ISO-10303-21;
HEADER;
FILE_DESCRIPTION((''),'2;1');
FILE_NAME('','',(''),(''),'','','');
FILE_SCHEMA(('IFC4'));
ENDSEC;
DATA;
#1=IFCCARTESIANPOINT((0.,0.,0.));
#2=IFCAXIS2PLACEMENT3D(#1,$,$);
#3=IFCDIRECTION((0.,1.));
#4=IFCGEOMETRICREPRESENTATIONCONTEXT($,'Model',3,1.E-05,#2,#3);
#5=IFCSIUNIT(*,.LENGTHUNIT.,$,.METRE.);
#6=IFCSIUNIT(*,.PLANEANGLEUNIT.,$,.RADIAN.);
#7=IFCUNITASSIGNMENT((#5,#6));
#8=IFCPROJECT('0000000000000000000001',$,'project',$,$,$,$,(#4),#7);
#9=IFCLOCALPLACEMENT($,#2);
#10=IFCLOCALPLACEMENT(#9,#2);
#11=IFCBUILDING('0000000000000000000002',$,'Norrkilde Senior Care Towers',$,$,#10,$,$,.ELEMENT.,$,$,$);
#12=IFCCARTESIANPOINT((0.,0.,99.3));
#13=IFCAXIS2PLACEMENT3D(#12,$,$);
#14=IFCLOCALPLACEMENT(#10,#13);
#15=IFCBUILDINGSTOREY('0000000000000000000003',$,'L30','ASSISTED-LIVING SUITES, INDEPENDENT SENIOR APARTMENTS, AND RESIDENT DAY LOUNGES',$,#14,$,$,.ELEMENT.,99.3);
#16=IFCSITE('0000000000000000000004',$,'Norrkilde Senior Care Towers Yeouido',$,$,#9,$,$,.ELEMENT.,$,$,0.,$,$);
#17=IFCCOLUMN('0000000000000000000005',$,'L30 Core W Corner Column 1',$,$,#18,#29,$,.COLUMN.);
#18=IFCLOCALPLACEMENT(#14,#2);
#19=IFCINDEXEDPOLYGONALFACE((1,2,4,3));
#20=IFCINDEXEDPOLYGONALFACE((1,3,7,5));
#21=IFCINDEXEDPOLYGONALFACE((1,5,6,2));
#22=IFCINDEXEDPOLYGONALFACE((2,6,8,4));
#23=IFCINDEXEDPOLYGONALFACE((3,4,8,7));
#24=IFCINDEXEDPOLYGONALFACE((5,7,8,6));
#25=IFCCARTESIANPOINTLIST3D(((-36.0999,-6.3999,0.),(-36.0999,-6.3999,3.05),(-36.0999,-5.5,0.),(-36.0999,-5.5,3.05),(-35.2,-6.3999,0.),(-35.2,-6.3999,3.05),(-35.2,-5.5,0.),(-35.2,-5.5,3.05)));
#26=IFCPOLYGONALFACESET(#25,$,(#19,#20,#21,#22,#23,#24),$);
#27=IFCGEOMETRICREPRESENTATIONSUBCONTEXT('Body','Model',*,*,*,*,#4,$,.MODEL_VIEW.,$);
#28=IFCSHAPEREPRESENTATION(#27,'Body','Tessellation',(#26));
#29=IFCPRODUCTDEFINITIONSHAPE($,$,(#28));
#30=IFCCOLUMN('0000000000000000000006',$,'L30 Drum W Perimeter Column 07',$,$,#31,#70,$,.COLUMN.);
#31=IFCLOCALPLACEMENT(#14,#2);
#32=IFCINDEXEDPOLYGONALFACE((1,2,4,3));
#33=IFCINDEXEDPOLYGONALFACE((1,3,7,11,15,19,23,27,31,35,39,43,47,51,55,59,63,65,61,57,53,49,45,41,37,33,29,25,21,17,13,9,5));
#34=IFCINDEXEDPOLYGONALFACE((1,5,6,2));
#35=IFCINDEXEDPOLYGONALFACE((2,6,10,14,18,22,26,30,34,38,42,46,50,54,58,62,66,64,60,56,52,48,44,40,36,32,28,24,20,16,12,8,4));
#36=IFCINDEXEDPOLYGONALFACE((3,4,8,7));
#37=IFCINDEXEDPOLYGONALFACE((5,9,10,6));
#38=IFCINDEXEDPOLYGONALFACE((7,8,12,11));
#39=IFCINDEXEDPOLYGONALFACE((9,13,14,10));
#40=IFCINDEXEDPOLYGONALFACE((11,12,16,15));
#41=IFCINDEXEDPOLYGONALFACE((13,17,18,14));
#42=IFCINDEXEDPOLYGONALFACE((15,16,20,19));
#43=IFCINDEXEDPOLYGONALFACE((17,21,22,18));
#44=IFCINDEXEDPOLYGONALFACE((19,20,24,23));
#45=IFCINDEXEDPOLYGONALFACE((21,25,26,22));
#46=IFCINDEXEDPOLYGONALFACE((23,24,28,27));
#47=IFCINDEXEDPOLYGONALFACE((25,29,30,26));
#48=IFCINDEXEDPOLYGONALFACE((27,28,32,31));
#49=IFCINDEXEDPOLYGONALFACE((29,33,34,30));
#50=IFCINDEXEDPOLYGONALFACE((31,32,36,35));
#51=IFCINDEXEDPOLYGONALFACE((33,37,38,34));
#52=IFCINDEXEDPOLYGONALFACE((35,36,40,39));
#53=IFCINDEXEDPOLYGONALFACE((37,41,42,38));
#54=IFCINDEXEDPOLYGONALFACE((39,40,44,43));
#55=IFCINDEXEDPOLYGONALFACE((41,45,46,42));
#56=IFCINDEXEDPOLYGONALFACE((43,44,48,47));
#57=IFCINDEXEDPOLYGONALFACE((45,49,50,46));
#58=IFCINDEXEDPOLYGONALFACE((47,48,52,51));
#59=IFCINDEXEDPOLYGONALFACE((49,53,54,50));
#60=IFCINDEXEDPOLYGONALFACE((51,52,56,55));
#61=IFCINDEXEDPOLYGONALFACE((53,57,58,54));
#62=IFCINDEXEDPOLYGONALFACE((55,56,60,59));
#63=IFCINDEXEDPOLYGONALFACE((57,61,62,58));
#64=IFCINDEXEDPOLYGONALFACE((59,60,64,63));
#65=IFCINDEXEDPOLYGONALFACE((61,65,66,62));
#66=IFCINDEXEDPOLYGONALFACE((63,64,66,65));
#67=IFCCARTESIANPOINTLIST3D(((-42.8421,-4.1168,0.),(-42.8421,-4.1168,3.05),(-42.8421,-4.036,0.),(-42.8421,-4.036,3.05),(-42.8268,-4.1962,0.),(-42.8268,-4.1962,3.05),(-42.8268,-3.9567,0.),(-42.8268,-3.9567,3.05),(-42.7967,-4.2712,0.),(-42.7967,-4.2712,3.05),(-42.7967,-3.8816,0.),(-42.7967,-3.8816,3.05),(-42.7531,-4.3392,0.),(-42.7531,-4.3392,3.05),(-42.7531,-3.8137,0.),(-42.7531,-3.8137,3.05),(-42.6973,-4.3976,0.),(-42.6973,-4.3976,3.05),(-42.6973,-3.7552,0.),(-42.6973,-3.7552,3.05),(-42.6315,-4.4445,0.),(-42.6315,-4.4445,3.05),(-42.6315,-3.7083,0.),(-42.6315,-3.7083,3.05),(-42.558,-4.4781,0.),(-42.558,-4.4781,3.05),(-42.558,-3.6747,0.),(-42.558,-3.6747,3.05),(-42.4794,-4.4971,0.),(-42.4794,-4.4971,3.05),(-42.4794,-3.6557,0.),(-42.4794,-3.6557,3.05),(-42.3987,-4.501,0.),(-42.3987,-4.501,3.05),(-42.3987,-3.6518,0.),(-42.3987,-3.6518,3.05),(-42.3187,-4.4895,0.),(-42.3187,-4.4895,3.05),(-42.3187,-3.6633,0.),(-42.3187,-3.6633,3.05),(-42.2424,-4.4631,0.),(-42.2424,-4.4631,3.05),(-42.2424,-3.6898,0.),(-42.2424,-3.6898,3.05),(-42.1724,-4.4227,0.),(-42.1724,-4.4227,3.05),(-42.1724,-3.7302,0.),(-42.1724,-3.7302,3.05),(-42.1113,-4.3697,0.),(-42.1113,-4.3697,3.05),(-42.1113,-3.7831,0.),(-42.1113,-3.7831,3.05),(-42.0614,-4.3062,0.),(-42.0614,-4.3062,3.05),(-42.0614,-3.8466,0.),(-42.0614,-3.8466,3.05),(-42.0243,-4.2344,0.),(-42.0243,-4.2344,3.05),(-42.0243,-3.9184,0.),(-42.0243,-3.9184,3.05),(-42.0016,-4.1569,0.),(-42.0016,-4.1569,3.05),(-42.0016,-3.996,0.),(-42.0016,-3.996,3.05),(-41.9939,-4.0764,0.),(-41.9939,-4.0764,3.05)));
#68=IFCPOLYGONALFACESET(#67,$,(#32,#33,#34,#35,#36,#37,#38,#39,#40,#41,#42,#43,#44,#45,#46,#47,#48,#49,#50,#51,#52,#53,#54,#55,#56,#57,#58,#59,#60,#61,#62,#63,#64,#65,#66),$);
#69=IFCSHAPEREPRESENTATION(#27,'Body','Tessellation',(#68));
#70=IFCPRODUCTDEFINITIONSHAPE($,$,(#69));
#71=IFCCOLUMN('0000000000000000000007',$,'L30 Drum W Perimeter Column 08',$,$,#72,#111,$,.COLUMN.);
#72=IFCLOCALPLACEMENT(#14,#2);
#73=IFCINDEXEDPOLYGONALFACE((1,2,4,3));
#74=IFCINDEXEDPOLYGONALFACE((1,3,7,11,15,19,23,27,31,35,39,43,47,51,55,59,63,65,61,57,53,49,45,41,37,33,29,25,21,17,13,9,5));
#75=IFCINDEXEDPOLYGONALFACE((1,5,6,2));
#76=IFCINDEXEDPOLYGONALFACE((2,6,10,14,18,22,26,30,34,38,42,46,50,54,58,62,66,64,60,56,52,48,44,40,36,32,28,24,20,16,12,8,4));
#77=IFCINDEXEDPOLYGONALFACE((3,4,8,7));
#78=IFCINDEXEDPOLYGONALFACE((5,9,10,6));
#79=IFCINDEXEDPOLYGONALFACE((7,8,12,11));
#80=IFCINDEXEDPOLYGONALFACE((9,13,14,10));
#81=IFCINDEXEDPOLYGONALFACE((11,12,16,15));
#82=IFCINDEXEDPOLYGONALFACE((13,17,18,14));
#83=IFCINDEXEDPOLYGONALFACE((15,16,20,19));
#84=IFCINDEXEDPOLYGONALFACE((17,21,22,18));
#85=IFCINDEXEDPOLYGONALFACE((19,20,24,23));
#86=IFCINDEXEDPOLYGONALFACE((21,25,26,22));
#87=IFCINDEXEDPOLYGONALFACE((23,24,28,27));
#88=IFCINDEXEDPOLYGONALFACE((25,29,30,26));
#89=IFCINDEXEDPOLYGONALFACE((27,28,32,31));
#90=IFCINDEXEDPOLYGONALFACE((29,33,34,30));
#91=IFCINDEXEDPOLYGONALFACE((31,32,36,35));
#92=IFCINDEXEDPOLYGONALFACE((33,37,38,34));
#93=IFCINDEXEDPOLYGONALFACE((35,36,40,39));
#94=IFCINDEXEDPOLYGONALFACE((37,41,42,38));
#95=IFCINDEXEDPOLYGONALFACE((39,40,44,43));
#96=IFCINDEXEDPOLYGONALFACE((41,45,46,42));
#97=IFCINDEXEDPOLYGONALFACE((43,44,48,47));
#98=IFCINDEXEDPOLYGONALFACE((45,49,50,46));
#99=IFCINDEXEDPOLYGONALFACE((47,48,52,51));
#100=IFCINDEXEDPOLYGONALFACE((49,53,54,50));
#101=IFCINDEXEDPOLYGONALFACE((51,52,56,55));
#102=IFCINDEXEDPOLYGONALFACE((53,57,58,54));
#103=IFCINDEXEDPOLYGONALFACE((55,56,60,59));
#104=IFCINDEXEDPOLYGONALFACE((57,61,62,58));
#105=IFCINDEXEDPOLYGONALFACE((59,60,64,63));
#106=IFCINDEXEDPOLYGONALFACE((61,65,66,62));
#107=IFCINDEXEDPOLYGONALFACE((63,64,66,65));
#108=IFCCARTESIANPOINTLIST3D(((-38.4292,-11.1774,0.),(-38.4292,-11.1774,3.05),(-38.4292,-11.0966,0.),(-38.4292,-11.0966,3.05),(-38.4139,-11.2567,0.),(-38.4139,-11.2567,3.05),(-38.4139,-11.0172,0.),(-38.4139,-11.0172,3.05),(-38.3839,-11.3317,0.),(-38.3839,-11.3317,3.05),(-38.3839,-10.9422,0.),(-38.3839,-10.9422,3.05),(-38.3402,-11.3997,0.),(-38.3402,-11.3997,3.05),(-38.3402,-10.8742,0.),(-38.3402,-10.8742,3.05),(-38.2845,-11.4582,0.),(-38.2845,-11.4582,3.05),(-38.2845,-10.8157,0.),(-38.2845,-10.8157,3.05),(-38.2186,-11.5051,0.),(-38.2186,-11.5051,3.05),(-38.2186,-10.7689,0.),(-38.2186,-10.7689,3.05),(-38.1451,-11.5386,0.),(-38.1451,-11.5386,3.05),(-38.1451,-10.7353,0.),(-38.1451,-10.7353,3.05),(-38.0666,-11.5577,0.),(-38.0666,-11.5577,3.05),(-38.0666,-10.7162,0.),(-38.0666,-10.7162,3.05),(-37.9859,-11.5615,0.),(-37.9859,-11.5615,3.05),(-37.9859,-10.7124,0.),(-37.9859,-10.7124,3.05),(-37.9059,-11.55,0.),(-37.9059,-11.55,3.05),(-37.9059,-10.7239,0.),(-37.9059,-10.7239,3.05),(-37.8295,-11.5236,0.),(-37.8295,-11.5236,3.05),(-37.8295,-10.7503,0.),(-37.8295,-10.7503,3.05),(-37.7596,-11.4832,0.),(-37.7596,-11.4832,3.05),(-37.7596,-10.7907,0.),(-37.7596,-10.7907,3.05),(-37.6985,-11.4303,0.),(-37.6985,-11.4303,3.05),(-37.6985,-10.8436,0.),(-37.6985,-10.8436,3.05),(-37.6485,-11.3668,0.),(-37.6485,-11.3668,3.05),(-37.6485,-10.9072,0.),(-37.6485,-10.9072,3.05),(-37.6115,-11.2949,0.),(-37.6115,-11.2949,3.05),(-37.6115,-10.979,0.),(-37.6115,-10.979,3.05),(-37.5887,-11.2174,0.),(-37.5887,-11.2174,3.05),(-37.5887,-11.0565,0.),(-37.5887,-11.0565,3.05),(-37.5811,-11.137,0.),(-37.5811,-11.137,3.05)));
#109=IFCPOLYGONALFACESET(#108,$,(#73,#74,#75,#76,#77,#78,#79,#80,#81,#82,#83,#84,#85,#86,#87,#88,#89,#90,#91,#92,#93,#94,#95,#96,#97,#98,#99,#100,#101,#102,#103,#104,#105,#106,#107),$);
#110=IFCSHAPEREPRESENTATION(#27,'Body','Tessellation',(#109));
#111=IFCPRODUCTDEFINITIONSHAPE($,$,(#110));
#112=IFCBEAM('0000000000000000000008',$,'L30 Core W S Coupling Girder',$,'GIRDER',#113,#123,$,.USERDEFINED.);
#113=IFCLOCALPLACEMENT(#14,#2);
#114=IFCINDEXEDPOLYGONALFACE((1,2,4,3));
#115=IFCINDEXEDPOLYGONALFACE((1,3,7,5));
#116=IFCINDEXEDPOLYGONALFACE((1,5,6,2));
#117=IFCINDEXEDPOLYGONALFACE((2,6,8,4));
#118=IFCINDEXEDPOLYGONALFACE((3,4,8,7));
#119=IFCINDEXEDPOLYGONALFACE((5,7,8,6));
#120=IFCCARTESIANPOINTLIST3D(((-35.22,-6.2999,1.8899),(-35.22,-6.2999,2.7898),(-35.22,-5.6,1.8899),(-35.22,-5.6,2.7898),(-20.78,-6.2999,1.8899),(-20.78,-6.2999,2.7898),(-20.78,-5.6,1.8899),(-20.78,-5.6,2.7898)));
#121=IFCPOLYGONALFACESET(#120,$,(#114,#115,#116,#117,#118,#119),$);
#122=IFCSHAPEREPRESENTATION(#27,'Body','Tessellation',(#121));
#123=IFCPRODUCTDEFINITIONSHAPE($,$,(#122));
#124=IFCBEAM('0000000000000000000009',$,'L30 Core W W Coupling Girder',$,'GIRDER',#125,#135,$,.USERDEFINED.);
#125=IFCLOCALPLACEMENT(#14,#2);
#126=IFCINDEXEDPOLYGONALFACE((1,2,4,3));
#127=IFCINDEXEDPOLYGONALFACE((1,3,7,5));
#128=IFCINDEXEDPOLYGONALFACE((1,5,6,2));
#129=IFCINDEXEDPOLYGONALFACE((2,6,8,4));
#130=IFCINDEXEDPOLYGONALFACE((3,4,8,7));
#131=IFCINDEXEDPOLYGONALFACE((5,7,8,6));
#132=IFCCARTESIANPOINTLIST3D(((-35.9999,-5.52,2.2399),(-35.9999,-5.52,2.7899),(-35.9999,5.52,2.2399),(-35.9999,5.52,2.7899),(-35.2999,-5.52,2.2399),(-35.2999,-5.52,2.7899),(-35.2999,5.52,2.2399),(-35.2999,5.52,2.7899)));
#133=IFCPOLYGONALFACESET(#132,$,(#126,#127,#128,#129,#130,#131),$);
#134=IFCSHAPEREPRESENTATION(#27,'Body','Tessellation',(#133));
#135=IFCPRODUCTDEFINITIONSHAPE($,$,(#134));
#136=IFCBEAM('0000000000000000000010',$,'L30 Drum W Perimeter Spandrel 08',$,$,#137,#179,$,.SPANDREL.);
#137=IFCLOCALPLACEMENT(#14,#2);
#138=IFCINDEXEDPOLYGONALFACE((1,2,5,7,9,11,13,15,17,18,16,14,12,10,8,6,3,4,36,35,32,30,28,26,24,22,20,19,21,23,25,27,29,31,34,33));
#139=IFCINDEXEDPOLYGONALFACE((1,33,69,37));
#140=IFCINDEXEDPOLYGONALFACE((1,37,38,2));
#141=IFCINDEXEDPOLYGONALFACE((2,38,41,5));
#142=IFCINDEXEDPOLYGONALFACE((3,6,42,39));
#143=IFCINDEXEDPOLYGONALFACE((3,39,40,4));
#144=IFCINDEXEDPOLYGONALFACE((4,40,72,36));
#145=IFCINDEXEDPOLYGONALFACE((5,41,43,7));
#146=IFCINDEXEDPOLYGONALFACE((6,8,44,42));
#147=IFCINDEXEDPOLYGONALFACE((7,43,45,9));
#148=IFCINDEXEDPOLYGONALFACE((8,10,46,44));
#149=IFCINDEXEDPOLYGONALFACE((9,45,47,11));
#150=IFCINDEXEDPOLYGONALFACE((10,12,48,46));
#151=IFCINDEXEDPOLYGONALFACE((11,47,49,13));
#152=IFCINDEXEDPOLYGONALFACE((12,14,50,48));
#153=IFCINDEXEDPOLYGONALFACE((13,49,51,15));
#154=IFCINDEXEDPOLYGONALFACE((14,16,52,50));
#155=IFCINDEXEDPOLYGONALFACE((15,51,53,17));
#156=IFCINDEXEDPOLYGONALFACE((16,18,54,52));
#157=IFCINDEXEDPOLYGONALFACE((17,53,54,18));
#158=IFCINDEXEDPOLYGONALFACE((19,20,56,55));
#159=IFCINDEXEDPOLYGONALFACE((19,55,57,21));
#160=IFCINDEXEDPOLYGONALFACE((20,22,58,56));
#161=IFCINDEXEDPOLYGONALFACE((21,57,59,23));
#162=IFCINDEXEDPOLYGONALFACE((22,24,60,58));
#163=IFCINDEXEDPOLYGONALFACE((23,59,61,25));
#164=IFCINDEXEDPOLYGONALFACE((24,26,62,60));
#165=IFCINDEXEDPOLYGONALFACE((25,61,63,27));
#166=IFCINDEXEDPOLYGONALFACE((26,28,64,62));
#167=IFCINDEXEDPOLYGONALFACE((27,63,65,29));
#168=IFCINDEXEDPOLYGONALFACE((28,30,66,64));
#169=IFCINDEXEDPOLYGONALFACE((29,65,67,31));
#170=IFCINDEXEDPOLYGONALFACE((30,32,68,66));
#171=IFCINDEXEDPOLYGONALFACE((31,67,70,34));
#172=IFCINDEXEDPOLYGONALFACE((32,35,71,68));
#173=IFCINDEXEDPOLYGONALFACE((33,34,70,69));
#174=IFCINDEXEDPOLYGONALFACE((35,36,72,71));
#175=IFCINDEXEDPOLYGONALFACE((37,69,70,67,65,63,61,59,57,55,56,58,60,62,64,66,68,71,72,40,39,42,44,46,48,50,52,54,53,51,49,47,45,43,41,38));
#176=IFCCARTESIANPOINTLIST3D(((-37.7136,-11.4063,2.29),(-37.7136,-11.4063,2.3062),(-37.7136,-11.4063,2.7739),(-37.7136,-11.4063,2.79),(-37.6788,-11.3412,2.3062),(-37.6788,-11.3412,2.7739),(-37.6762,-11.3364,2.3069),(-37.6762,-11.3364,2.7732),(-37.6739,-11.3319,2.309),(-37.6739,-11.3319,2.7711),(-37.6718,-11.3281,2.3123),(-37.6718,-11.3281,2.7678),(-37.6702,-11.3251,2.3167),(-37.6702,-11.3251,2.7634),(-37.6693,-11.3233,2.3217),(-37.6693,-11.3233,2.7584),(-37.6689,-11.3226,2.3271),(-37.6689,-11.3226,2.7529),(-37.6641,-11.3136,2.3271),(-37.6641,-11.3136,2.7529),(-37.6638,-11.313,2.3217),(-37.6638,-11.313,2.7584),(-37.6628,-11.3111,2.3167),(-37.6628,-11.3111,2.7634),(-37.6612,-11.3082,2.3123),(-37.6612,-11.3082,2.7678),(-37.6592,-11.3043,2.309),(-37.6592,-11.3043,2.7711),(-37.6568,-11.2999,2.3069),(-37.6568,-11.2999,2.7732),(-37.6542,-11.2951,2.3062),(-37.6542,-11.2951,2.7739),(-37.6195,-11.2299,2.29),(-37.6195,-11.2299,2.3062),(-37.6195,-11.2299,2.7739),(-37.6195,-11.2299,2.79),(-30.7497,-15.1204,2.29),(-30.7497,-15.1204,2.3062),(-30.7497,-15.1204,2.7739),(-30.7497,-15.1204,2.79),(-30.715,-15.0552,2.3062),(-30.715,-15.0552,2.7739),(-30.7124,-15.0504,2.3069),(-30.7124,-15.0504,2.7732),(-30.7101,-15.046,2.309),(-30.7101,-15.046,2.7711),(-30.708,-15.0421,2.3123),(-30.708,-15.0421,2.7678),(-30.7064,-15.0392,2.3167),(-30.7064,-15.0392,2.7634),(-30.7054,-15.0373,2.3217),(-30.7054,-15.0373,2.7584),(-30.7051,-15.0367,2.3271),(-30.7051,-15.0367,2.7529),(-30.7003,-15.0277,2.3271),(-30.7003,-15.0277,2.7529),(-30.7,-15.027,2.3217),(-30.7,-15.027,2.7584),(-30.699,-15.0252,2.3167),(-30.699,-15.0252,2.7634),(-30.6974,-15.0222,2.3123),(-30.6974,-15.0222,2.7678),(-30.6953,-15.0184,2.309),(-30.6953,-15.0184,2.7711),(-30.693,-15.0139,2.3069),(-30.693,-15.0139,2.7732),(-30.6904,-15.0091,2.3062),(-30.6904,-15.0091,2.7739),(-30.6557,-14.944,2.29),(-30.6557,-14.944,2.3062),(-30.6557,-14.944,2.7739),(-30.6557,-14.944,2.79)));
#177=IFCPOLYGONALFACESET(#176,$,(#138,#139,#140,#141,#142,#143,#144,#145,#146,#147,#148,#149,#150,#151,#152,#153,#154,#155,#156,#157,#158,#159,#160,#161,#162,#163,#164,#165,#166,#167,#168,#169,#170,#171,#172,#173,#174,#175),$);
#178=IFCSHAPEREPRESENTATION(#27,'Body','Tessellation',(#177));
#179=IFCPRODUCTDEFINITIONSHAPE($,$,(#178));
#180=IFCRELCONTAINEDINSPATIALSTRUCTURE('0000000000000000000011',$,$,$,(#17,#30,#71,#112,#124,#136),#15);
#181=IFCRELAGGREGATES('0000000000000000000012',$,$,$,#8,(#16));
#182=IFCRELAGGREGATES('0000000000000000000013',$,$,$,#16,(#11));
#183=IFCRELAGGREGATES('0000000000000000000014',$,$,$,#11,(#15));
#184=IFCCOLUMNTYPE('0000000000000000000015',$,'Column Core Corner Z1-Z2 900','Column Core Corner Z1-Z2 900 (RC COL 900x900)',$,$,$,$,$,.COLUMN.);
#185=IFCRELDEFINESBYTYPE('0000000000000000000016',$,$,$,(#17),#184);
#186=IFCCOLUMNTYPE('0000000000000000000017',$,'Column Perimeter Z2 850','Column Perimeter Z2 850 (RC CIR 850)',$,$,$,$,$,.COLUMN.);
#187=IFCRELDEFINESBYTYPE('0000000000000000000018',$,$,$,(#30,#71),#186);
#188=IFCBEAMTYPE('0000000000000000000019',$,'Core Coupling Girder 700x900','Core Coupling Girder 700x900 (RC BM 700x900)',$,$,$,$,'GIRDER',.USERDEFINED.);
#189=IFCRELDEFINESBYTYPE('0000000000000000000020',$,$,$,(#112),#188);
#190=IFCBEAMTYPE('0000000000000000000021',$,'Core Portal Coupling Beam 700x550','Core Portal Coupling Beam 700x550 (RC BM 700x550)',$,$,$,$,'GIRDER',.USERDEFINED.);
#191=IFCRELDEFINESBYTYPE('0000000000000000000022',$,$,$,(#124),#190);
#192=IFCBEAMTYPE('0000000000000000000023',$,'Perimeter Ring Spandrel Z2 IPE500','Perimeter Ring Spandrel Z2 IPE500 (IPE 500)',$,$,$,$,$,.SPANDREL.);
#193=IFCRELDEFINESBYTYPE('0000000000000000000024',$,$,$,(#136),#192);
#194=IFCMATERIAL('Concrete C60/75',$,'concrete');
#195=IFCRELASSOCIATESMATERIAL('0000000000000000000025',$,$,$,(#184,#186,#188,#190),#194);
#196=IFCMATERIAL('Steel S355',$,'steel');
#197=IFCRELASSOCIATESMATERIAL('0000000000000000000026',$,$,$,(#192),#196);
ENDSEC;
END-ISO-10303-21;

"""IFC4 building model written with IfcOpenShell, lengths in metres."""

from ifc_helpers import new_model, si_unit, direction, frame, origin, origin_2d, place, context, subcontext, project, spatial, rectangle, circle, i_section, extrude, source, transform, mapped, material, material_profile, profile_set, type_object, type_shapes, element, save


model = new_model("IFC4")

# Units and contexts
model_context = context("Model", 3, precision=1e-05, world=origin(), true_north=direction((0.0, 1.0)))
body_context = subcontext(model_context, "Body", "Model", "MODEL_VIEW")
ifc_project = project(units=[si_unit("LENGTHUNIT", "METRE"), si_unit("PLANEANGLEUNIT", "RADIAN")], contexts=[model_context])

# Site, building, storey
site_placement = place(None, origin())
site = spatial("IfcSite", under=ifc_project, at=site_placement, Name="Norrkilde Senior Care Towers Yeouido", CompositionType="ELEMENT", RefElevation=0.0)
building_placement = place(site_placement, origin())
building = spatial("IfcBuilding", under=site, at=building_placement, Name="Norrkilde Senior Care Towers", CompositionType="ELEMENT")
storey_placement = place(building_placement, frame((0.0, 0.0, 99.3)))
storey = spatial("IfcBuildingStorey", under=building, at=storey_placement, Name="L30", Description="ASSISTED-LIVING SUITES, INDEPENDENT SENIOR APARTMENTS, AND RESIDENT DAY LOUNGES", CompositionType="ELEMENT", Elevation=99.3)

# Columns
ifc_material_1 = material(Name="Concrete C60/75", Category="concrete")
ifc_material_profile_1 = material_profile(ifc_material_1, rectangle(XDim=0.8999, YDim=0.8999, at=origin_2d()), Name="RC COL 900x900")
ifc_profile_set_1 = profile_set([ifc_material_profile_1], Name="Concrete C60/75")
column_type_1 = type_object("IfcColumnType", Name="Column Core Corner Z1-Z2 900", Description="Column Core Corner Z1-Z2 900 (RC COL 900x900)", PredefinedType="COLUMN", material=ifc_profile_set_1)
shared_shape_1 = source(origin(), body_context, "Body", "SweptSolid", [
    extrude(rectangle(XDim=0.8999, YDim=0.8999, at=origin_2d()), origin(), (0.0, 0.0, 1.0), 3.05),
])
type_shapes(column_type_1, [shared_shape_1])
column_placement = place(storey_placement, frame((-35.6499, -5.95, 0.0), z_axis=(0.0, 0.0, 1.0), x_axis=(1.0, 0.0, 0.0)))
element("IfcColumn", 1, at=column_placement, inside=storey, type_object=column_type_1, Name="L30 Core W Corner Column 1", PredefinedType="COLUMN", context=body_context, shape_type="MappedRepresentation", body=[
    mapped(shared_shape_1, transform((0.0, 0.0, 0.0), x_axis=(1.0, 0.0, 0.0), y_axis=(0.0, 1.0, 0.0), z_axis=(0.0, 0.0, 1.0), scale=1.0)),
])
ifc_material_profile_2 = material_profile(ifc_material_1, circle(Radius=0.425, at=origin_2d()), Name="RC CIR 850")
ifc_profile_set_2 = profile_set([ifc_material_profile_2], Name="Concrete C60/75")
column_type_2 = type_object("IfcColumnType", Name="Column Perimeter Z2 850", Description="Column Perimeter Z2 850 (RC CIR 850)", PredefinedType="COLUMN", material=ifc_profile_set_2)
shared_shape_2 = source(origin(), body_context, "Body", "SweptSolid", [
    extrude(circle(Radius=0.425, at=origin_2d()), origin(), (0.0, 0.0, 1.0), 3.05),
])
type_shapes(column_type_2, [shared_shape_2])
for number, where, z_axis, x_axis, name in (
    (2, (-42.4189, -4.0764, 0.0), (0.0, 0.0, 1.0), (1.0, 0.0, 0.0), "L30 Drum W Perimeter Column 07"),
    (3, (-38.0061, -11.137, 0.0), (0.0, 0.0, 1.0), (1.0, 0.0, 0.0), "L30 Drum W Perimeter Column 08"),
):
    element("IfcColumn", number, at=place(storey_placement, frame(where, z_axis=z_axis, x_axis=x_axis)), inside=storey, type_object=column_type_2, Name=name, PredefinedType="COLUMN", context=body_context, shape_type="MappedRepresentation", body=[
        mapped(shared_shape_2, transform((0.0, 0.0, 0.0), x_axis=(1.0, 0.0, 0.0), y_axis=(0.0, 1.0, 0.0), z_axis=(0.0, 0.0, 1.0), scale=1.0)),
    ])

# Beams
ifc_material_profile_3 = material_profile(ifc_material_1, rectangle(XDim=0.7, YDim=0.8999, at=origin_2d()), Name="RC BM 700x900")
ifc_profile_set_3 = profile_set([ifc_material_profile_3], Name="Concrete C60/75")
beam_type_1 = type_object("IfcBeamType", Name="Core Coupling Girder 700x900", Description="Core Coupling Girder 700x900 (RC BM 700x900)", ElementType="GIRDER", PredefinedType="USERDEFINED", material=ifc_profile_set_3)
shared_shape_3 = source(origin(), body_context, "Body", "SweptSolid", [
    extrude(rectangle(XDim=0.7, YDim=0.8999, at=origin_2d()), origin(), (0.0, 0.0, 1.0), 14.4399),
])
type_shapes(beam_type_1, [shared_shape_3])
beam_1_placement = place(storey_placement, frame((-35.22, -5.95, 2.3398), z_axis=(1.0, 0.0, 0.0), x_axis=(0.0, 1.0, 0.0)))
element("IfcBeam", 4, at=beam_1_placement, inside=storey, type_object=beam_type_1, Name="L30 Core W S Coupling Girder", ObjectType="GIRDER", PredefinedType="USERDEFINED", context=body_context, shape_type="MappedRepresentation", body=[
    mapped(shared_shape_3, transform((0.0, 0.0, 0.0), x_axis=(1.0, 0.0, 0.0), y_axis=(0.0, 1.0, 0.0), z_axis=(0.0, 0.0, 1.0), scale=1.0)),
])
ifc_material_profile_4 = material_profile(ifc_material_1, rectangle(XDim=0.7, YDim=0.55, at=origin_2d()), Name="RC BM 700x550")
ifc_profile_set_4 = profile_set([ifc_material_profile_4], Name="Concrete C60/75")
beam_type_2 = type_object("IfcBeamType", Name="Core Portal Coupling Beam 700x550", Description="Core Portal Coupling Beam 700x550 (RC BM 700x550)", ElementType="GIRDER", PredefinedType="USERDEFINED", material=ifc_profile_set_4)
shared_shape_4 = source(origin(), body_context, "Body", "SweptSolid", [
    extrude(rectangle(XDim=0.7, YDim=0.55, at=origin_2d()), origin(), (0.0, 0.0, 1.0), 11.04),
])
type_shapes(beam_type_2, [shared_shape_4])
beam_2_placement = place(storey_placement, frame((-35.6499, -5.52, 2.5149), z_axis=(0.0, 1.0, 0.0), x_axis=(-1.0, 0.0, 0.0)))
element("IfcBeam", 5, at=beam_2_placement, inside=storey, type_object=beam_type_2, Name="L30 Core W W Coupling Girder", ObjectType="GIRDER", PredefinedType="USERDEFINED", context=body_context, shape_type="MappedRepresentation", body=[
    mapped(shared_shape_4, transform((0.0, 0.0, 0.0), x_axis=(1.0, 0.0, 0.0), y_axis=(0.0, 1.0, 0.0), z_axis=(0.0, 0.0, 1.0), scale=1.0)),
])
ifc_material_2 = material(Name="Steel S355", Category="steel")
ifc_material_profile_5 = material_profile(ifc_material_2, i_section(OverallWidth=0.2, OverallDepth=0.5, WebThickness=0.0103, FlangeThickness=0.0161, FilletRadius=0.021, at=origin_2d()), Name="IPE 500")
ifc_profile_set_5 = profile_set([ifc_material_profile_5], Name="Steel S355")
beam_type_3 = type_object("IfcBeamType", Name="Perimeter Ring Spandrel Z2 IPE500", Description="Perimeter Ring Spandrel Z2 IPE500 (IPE 500)", PredefinedType="SPANDREL", material=ifc_profile_set_5)
shared_shape_5 = source(origin(), body_context, "Body", "SweptSolid", [
    extrude(i_section(OverallWidth=0.2, OverallDepth=0.5, WebThickness=0.0103, FlangeThickness=0.0161, FilletRadius=0.021, at=origin_2d()), origin(), (0.0, 0.0, 1.0), 7.8923),
])
beam_3_placement = place(storey_placement, frame((-37.6665, -11.3181, 2.54), z_axis=(0.88235, -0.470593, 0.0), x_axis=(0.470593, 0.88235, 0.0)))
element("IfcBeam", 6, at=beam_3_placement, inside=storey, type_object=beam_type_3, Name="L30 Drum W Perimeter Spandrel 08", PredefinedType="SPANDREL", context=body_context, shape_type="MappedRepresentation", body=[
    mapped(shared_shape_5, transform((0.0, 0.0, 0.0), x_axis=(1.0, 0.0, 0.0), y_axis=(0.0, 1.0, 0.0), z_axis=(0.0, 0.0, 1.0), scale=1.0)),
])

save(model, "model.ifc")
